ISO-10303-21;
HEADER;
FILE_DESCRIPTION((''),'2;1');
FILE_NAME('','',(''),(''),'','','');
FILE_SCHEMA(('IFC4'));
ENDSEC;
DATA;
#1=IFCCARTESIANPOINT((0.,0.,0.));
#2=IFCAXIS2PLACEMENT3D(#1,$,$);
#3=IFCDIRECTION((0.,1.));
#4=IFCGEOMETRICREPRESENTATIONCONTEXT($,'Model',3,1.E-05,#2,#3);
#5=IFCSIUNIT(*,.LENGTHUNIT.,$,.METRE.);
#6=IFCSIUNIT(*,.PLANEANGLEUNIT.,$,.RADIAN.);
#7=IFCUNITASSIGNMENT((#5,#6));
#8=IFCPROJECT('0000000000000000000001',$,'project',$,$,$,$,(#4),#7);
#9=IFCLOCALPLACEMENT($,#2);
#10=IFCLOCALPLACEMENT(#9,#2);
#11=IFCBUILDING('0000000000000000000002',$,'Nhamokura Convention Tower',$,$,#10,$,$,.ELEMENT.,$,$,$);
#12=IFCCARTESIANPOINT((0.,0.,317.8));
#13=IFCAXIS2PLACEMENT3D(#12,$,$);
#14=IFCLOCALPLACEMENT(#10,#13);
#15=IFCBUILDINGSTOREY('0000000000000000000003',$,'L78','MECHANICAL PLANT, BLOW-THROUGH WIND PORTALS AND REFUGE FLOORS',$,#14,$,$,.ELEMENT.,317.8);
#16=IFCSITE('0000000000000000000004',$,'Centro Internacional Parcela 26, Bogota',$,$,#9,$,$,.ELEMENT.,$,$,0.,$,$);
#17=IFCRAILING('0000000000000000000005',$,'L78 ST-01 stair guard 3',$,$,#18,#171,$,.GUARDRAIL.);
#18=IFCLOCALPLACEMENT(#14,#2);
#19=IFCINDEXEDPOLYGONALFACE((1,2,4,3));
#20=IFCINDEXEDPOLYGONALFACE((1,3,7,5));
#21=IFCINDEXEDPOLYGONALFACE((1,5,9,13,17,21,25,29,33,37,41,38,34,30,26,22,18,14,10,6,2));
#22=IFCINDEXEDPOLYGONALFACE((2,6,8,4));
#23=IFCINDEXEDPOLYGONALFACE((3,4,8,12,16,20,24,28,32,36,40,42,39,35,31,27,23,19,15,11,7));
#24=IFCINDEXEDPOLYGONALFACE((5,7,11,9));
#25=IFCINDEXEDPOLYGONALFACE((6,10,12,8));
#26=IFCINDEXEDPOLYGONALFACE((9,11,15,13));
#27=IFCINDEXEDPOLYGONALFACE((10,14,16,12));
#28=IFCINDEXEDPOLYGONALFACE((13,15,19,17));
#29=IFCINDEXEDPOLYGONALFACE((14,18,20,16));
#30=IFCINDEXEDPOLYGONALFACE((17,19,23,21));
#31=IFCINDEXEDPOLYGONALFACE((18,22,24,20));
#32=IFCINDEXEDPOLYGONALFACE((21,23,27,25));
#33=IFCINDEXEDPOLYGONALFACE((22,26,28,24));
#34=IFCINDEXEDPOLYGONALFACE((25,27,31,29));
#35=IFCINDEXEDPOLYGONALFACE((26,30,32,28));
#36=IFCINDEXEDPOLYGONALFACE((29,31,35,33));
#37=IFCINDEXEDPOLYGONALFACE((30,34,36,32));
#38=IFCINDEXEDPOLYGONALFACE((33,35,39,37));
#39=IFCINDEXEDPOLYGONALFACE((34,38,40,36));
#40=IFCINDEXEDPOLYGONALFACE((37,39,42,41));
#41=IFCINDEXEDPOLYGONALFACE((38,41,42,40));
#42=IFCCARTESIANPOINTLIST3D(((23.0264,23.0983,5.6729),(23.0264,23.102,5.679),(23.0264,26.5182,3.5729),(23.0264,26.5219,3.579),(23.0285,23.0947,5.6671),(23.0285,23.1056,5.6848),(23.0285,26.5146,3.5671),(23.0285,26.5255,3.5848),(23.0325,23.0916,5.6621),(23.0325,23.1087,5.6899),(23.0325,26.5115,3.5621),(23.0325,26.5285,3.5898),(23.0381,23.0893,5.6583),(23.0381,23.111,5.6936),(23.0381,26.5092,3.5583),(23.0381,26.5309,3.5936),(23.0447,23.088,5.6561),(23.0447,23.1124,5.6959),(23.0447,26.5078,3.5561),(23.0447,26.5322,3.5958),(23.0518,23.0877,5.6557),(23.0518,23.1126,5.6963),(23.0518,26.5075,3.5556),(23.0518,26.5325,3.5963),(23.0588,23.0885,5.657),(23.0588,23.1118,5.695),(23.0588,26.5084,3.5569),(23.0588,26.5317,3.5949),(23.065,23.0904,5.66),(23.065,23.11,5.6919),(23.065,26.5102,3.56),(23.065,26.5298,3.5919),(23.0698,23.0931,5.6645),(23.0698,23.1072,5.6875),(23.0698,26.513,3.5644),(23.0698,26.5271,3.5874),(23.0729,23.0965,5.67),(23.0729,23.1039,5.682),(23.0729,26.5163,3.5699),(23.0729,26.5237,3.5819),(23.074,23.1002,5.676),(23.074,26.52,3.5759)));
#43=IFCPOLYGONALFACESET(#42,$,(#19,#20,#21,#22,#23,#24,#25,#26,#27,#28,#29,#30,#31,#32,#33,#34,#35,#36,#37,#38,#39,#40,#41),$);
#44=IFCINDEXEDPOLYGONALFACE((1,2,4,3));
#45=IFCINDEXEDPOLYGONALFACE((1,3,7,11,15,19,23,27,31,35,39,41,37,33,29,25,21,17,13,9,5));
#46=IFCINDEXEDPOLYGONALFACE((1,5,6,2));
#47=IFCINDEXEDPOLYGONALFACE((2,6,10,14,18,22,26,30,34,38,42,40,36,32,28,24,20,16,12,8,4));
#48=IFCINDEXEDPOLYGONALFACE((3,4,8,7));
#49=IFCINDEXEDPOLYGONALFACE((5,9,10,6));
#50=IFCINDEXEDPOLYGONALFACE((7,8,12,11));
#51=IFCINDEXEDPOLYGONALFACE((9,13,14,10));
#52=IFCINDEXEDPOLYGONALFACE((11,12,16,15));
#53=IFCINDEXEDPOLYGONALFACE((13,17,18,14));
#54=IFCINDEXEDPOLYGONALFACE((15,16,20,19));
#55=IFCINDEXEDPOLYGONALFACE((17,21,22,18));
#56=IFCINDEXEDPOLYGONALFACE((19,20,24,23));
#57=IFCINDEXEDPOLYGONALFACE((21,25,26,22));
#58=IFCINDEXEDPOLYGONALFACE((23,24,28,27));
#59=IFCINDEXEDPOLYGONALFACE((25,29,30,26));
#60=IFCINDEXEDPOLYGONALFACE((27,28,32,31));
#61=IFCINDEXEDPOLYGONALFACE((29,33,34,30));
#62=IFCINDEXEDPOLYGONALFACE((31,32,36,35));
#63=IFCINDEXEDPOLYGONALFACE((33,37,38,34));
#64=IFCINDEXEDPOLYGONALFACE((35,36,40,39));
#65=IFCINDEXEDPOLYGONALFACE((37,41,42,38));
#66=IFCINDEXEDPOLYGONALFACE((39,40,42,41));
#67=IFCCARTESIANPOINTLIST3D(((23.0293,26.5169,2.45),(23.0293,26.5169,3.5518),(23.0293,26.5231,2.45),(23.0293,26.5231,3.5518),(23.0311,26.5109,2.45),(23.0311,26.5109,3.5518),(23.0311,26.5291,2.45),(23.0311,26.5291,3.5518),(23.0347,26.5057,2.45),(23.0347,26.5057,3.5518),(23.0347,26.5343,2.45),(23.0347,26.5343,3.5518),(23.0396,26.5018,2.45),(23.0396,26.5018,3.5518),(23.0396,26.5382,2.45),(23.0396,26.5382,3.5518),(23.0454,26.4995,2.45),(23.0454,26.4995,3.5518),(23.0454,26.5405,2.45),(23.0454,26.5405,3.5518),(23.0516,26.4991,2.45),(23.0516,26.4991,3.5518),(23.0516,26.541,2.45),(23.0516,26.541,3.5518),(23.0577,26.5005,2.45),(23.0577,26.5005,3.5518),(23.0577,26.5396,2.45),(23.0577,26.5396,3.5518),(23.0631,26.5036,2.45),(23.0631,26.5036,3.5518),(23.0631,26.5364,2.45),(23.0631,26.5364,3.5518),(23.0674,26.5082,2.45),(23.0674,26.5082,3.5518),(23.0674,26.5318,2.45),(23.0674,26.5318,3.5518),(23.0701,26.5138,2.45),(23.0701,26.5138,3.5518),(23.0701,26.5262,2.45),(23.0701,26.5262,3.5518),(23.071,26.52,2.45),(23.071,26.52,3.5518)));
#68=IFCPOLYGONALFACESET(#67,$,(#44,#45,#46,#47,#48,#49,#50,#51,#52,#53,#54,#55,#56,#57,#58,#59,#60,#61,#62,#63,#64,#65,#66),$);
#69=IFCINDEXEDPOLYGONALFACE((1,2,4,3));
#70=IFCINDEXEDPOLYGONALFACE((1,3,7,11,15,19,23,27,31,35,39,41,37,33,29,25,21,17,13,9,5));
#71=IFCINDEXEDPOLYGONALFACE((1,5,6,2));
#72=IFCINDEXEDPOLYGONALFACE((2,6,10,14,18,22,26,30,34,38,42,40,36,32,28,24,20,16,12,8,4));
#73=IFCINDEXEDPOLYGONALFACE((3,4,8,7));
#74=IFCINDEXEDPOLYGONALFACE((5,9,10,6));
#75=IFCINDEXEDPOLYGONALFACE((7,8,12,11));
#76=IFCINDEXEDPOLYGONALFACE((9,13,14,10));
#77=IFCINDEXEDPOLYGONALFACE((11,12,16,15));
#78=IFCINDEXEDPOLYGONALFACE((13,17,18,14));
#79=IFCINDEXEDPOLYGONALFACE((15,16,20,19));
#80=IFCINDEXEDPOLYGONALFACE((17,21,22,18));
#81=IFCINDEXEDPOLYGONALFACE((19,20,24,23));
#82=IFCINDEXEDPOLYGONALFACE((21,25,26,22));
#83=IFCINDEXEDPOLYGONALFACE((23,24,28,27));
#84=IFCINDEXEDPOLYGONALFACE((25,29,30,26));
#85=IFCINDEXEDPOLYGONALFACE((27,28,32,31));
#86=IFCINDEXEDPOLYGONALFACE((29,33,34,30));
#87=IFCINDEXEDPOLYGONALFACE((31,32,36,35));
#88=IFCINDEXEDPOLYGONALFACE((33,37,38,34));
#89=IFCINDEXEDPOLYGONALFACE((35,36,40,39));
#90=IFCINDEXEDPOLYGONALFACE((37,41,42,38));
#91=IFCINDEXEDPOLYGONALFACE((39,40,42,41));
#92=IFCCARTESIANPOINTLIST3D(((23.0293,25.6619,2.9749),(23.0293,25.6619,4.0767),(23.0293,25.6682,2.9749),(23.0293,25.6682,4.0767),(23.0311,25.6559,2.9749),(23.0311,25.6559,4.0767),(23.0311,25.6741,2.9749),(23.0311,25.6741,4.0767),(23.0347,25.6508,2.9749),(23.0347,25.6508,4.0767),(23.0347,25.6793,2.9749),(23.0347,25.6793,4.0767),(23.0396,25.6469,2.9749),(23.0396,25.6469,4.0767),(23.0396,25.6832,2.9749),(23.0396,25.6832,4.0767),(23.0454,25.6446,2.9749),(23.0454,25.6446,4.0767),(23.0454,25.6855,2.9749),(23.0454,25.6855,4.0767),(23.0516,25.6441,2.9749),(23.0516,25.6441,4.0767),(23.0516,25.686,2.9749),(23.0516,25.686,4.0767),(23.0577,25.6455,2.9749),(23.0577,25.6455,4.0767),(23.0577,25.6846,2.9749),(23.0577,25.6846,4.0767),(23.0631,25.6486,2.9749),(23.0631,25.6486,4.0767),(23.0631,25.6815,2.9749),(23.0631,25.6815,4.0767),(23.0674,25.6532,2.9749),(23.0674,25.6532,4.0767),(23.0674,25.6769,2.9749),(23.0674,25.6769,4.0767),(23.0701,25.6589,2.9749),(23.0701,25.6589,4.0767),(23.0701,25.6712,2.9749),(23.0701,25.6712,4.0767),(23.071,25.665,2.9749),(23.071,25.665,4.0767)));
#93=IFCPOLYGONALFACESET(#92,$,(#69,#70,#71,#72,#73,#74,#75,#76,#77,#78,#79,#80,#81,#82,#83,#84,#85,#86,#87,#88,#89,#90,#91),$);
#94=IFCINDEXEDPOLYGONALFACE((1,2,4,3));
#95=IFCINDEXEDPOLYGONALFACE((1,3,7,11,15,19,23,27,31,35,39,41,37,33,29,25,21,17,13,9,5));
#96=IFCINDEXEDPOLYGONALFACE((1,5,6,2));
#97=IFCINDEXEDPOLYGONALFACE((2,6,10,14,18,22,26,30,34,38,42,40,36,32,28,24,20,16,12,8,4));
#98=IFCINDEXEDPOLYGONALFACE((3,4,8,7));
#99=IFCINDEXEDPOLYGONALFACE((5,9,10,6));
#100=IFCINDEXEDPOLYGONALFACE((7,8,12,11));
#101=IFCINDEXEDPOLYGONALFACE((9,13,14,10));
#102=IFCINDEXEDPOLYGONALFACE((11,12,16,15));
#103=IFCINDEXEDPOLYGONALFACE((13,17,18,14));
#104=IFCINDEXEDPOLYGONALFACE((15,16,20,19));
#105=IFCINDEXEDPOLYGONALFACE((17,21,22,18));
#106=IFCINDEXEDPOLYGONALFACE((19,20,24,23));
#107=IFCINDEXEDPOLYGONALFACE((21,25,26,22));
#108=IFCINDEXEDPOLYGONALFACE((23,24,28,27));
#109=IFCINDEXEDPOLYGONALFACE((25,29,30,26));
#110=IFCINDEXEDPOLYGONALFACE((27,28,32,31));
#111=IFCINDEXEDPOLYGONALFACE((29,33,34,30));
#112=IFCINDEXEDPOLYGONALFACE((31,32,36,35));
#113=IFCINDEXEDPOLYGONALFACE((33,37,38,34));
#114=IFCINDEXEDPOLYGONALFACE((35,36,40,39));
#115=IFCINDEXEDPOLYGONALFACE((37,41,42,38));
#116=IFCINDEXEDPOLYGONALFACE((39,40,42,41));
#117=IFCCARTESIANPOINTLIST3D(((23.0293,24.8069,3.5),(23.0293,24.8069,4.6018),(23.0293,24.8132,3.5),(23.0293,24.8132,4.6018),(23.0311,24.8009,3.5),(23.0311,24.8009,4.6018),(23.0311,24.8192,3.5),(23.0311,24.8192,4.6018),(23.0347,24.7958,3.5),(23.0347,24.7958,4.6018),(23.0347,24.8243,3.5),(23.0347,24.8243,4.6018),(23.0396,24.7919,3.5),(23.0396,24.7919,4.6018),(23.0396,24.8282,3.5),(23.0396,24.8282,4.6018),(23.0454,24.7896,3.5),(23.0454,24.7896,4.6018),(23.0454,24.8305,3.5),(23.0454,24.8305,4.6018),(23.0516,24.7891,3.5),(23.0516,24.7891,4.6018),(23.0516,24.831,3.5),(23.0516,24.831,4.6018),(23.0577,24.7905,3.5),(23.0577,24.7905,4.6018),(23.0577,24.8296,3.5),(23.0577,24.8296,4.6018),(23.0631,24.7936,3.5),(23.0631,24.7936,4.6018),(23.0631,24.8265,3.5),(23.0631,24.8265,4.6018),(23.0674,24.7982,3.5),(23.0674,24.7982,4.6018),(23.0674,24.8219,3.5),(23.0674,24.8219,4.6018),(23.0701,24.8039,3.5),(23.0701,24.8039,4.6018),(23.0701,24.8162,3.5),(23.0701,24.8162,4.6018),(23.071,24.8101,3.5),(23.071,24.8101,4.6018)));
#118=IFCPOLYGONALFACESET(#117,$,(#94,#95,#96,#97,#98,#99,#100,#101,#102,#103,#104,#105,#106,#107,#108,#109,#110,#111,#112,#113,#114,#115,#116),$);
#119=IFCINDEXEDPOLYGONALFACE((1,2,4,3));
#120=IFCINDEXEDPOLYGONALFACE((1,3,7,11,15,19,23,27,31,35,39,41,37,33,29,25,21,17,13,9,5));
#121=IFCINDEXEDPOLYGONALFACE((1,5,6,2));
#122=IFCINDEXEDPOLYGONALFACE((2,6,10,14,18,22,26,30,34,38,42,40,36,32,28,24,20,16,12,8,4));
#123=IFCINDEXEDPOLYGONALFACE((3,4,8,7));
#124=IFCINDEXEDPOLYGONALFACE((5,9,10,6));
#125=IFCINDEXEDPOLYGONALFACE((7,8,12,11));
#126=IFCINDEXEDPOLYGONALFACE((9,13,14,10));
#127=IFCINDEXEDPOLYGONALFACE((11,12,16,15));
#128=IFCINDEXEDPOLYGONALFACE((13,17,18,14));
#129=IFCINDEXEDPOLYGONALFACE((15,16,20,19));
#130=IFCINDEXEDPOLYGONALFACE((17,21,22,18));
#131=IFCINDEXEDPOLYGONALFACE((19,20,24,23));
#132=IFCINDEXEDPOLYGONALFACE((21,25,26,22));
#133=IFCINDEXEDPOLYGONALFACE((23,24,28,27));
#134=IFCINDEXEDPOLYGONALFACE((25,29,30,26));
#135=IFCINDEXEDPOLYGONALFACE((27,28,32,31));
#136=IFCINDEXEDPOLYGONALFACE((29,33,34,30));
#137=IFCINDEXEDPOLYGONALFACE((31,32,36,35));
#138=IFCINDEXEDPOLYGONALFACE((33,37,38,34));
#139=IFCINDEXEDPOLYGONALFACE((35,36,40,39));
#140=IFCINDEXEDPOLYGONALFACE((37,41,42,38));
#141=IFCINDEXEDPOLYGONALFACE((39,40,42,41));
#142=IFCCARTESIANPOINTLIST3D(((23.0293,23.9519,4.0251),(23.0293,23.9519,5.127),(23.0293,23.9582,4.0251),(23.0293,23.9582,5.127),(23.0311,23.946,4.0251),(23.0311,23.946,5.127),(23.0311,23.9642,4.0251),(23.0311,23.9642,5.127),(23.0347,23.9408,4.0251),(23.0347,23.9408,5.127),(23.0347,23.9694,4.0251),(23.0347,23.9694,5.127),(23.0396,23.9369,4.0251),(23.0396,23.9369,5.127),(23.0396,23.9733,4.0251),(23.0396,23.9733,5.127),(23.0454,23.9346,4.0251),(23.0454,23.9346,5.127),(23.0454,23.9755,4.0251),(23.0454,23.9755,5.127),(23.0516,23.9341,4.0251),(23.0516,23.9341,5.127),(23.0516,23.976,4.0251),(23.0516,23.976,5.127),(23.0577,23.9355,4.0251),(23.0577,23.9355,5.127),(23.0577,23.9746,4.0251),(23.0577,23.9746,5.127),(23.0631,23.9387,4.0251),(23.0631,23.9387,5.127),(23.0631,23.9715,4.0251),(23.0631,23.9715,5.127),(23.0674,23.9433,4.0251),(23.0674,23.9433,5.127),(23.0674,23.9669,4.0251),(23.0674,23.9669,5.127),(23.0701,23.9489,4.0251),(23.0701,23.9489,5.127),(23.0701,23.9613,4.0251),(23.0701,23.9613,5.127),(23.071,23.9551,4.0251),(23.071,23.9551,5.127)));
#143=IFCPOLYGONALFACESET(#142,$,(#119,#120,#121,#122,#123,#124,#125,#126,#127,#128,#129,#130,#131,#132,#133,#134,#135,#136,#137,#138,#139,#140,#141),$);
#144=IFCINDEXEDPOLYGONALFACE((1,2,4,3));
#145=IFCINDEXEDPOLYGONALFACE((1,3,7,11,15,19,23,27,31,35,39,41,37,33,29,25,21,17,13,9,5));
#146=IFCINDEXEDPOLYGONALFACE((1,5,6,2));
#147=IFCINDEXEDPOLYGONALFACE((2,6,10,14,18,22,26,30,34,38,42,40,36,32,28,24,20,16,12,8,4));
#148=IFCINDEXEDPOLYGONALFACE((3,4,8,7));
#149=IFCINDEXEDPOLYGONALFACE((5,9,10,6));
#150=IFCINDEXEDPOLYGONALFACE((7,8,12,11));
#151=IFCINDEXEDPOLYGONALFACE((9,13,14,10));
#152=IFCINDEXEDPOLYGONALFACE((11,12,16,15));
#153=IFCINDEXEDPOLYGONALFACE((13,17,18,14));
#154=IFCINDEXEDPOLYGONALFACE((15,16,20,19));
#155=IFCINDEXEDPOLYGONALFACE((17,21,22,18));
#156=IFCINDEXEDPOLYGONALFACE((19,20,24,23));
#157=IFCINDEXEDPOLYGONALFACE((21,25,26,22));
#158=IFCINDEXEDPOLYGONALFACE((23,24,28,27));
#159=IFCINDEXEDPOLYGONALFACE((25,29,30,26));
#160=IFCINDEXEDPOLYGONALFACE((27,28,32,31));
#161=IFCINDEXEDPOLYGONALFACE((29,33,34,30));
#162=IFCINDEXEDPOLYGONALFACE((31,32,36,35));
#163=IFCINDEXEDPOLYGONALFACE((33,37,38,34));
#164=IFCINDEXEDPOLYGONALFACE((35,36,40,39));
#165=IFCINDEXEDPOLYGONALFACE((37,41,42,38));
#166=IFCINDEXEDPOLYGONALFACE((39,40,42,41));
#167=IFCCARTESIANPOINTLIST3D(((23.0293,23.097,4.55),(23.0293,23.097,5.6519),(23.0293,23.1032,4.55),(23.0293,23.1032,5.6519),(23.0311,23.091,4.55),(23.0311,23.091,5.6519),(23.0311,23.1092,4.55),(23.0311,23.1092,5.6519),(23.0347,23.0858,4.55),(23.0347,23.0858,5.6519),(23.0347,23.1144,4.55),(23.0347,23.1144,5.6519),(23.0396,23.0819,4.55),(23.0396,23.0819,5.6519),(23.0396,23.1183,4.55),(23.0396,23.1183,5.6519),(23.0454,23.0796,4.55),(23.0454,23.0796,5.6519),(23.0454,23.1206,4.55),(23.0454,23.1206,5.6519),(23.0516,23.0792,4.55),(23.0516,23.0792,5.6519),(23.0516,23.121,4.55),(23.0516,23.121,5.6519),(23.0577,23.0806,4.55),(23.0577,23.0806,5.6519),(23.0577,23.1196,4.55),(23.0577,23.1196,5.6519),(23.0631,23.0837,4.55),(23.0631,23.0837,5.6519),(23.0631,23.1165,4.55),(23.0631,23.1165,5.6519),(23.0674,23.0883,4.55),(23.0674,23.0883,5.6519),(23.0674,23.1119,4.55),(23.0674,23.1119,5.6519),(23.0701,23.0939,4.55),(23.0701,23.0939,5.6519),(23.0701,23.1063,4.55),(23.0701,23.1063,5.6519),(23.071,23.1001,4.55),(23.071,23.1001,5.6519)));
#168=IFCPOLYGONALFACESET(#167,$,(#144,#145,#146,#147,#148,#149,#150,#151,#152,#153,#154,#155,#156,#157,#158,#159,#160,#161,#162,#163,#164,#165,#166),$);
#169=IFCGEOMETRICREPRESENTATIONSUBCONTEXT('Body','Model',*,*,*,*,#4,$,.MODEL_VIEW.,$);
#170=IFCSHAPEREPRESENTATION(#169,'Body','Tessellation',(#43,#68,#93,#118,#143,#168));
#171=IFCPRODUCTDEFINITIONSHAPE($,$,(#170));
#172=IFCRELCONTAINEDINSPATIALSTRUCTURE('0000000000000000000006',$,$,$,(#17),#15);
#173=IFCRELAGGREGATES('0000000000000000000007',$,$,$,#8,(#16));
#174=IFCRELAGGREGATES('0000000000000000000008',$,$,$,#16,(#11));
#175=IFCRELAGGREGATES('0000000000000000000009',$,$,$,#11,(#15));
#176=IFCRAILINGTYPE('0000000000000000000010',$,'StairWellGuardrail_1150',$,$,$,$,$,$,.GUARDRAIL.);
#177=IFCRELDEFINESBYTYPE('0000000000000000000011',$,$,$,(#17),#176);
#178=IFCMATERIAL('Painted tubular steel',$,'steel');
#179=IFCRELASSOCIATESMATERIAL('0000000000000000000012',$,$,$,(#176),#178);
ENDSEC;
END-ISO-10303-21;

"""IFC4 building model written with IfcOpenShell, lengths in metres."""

from ifc_helpers import new_model, si_unit, direction, frame, origin, origin_2d, place, context, subcontext, project, spatial, circle, extrude, material, type_object, element, save


model = new_model("IFC4")

# Units and contexts
model_context = context("Model", 3, precision=1e-05, world=origin(), true_north=direction((0.0, 1.0)))
body_context = subcontext(model_context, "Body", "Model", "MODEL_VIEW")
ifc_project = project(units=[si_unit("LENGTHUNIT", "METRE"), si_unit("PLANEANGLEUNIT", "RADIAN")], contexts=[model_context])

# Site, building, storey
site_placement = place(None, origin())
site = spatial("IfcSite", under=ifc_project, at=site_placement, Name="Centro Internacional Parcela 26, Bogota", CompositionType="ELEMENT", RefElevation=0.0)
building_placement = place(site_placement, origin())
building = spatial("IfcBuilding", under=site, at=building_placement, Name="Nhamokura Convention Tower", CompositionType="ELEMENT")
storey_placement = place(building_placement, frame((0.0, 0.0, 317.8)))
storey = spatial("IfcBuildingStorey", under=building, at=storey_placement, Name="L78", Description="MECHANICAL PLANT, BLOW-THROUGH WIND PORTALS AND REFUGE FLOORS", CompositionType="ELEMENT", Elevation=317.8)

# Railing
ifc_material_1 = material(Name="Painted tubular steel", Category="steel")
railing_type_1 = type_object("IfcRailingType", Name="StairWellGuardrail_1150", PredefinedType="GUARDRAIL", material=ifc_material_1)
railing_1_placement = place(storey_placement, frame((23.05, 26.52, 2.45)))
element("IfcRailing", 1, at=railing_1_placement, inside=storey, type_object=railing_type_1, Name="L78 ST-01 stair guard 3", PredefinedType="GUARDRAIL", context=body_context, shape_type="SweptSolid", body=[
    extrude(circle(Radius=0.0239, at=origin_2d()), frame((0.0, 0.0, 1.126), z_axis=(0.0, -0.852155, 0.523289), x_axis=(1.0, 0.0, 0.0)), (0.0, 0.0, 1.0), 4.0132),
    extrude(circle(Radius=0.021, at=origin_2d()), origin(), (0.0, 0.0, 1.0), 1.1018),
    extrude(circle(Radius=0.021, at=origin_2d()), frame((0.0, -0.855, 0.5249)), (0.0, 0.0, 1.0), 1.1018),
    extrude(circle(Radius=0.021, at=origin_2d()), frame((0.0, -1.71, 1.05)), (0.0, 0.0, 1.0), 1.1018),
    extrude(circle(Radius=0.021, at=origin_2d()), frame((0.0, -2.5649, 1.5752)), (0.0, 0.0, 1.0), 1.1018),
    extrude(circle(Radius=0.021, at=origin_2d()), frame((0.0, -3.4199, 2.1001)), (0.0, 0.0, 1.0), 1.1018),
])

save(model, "model.ifc")
